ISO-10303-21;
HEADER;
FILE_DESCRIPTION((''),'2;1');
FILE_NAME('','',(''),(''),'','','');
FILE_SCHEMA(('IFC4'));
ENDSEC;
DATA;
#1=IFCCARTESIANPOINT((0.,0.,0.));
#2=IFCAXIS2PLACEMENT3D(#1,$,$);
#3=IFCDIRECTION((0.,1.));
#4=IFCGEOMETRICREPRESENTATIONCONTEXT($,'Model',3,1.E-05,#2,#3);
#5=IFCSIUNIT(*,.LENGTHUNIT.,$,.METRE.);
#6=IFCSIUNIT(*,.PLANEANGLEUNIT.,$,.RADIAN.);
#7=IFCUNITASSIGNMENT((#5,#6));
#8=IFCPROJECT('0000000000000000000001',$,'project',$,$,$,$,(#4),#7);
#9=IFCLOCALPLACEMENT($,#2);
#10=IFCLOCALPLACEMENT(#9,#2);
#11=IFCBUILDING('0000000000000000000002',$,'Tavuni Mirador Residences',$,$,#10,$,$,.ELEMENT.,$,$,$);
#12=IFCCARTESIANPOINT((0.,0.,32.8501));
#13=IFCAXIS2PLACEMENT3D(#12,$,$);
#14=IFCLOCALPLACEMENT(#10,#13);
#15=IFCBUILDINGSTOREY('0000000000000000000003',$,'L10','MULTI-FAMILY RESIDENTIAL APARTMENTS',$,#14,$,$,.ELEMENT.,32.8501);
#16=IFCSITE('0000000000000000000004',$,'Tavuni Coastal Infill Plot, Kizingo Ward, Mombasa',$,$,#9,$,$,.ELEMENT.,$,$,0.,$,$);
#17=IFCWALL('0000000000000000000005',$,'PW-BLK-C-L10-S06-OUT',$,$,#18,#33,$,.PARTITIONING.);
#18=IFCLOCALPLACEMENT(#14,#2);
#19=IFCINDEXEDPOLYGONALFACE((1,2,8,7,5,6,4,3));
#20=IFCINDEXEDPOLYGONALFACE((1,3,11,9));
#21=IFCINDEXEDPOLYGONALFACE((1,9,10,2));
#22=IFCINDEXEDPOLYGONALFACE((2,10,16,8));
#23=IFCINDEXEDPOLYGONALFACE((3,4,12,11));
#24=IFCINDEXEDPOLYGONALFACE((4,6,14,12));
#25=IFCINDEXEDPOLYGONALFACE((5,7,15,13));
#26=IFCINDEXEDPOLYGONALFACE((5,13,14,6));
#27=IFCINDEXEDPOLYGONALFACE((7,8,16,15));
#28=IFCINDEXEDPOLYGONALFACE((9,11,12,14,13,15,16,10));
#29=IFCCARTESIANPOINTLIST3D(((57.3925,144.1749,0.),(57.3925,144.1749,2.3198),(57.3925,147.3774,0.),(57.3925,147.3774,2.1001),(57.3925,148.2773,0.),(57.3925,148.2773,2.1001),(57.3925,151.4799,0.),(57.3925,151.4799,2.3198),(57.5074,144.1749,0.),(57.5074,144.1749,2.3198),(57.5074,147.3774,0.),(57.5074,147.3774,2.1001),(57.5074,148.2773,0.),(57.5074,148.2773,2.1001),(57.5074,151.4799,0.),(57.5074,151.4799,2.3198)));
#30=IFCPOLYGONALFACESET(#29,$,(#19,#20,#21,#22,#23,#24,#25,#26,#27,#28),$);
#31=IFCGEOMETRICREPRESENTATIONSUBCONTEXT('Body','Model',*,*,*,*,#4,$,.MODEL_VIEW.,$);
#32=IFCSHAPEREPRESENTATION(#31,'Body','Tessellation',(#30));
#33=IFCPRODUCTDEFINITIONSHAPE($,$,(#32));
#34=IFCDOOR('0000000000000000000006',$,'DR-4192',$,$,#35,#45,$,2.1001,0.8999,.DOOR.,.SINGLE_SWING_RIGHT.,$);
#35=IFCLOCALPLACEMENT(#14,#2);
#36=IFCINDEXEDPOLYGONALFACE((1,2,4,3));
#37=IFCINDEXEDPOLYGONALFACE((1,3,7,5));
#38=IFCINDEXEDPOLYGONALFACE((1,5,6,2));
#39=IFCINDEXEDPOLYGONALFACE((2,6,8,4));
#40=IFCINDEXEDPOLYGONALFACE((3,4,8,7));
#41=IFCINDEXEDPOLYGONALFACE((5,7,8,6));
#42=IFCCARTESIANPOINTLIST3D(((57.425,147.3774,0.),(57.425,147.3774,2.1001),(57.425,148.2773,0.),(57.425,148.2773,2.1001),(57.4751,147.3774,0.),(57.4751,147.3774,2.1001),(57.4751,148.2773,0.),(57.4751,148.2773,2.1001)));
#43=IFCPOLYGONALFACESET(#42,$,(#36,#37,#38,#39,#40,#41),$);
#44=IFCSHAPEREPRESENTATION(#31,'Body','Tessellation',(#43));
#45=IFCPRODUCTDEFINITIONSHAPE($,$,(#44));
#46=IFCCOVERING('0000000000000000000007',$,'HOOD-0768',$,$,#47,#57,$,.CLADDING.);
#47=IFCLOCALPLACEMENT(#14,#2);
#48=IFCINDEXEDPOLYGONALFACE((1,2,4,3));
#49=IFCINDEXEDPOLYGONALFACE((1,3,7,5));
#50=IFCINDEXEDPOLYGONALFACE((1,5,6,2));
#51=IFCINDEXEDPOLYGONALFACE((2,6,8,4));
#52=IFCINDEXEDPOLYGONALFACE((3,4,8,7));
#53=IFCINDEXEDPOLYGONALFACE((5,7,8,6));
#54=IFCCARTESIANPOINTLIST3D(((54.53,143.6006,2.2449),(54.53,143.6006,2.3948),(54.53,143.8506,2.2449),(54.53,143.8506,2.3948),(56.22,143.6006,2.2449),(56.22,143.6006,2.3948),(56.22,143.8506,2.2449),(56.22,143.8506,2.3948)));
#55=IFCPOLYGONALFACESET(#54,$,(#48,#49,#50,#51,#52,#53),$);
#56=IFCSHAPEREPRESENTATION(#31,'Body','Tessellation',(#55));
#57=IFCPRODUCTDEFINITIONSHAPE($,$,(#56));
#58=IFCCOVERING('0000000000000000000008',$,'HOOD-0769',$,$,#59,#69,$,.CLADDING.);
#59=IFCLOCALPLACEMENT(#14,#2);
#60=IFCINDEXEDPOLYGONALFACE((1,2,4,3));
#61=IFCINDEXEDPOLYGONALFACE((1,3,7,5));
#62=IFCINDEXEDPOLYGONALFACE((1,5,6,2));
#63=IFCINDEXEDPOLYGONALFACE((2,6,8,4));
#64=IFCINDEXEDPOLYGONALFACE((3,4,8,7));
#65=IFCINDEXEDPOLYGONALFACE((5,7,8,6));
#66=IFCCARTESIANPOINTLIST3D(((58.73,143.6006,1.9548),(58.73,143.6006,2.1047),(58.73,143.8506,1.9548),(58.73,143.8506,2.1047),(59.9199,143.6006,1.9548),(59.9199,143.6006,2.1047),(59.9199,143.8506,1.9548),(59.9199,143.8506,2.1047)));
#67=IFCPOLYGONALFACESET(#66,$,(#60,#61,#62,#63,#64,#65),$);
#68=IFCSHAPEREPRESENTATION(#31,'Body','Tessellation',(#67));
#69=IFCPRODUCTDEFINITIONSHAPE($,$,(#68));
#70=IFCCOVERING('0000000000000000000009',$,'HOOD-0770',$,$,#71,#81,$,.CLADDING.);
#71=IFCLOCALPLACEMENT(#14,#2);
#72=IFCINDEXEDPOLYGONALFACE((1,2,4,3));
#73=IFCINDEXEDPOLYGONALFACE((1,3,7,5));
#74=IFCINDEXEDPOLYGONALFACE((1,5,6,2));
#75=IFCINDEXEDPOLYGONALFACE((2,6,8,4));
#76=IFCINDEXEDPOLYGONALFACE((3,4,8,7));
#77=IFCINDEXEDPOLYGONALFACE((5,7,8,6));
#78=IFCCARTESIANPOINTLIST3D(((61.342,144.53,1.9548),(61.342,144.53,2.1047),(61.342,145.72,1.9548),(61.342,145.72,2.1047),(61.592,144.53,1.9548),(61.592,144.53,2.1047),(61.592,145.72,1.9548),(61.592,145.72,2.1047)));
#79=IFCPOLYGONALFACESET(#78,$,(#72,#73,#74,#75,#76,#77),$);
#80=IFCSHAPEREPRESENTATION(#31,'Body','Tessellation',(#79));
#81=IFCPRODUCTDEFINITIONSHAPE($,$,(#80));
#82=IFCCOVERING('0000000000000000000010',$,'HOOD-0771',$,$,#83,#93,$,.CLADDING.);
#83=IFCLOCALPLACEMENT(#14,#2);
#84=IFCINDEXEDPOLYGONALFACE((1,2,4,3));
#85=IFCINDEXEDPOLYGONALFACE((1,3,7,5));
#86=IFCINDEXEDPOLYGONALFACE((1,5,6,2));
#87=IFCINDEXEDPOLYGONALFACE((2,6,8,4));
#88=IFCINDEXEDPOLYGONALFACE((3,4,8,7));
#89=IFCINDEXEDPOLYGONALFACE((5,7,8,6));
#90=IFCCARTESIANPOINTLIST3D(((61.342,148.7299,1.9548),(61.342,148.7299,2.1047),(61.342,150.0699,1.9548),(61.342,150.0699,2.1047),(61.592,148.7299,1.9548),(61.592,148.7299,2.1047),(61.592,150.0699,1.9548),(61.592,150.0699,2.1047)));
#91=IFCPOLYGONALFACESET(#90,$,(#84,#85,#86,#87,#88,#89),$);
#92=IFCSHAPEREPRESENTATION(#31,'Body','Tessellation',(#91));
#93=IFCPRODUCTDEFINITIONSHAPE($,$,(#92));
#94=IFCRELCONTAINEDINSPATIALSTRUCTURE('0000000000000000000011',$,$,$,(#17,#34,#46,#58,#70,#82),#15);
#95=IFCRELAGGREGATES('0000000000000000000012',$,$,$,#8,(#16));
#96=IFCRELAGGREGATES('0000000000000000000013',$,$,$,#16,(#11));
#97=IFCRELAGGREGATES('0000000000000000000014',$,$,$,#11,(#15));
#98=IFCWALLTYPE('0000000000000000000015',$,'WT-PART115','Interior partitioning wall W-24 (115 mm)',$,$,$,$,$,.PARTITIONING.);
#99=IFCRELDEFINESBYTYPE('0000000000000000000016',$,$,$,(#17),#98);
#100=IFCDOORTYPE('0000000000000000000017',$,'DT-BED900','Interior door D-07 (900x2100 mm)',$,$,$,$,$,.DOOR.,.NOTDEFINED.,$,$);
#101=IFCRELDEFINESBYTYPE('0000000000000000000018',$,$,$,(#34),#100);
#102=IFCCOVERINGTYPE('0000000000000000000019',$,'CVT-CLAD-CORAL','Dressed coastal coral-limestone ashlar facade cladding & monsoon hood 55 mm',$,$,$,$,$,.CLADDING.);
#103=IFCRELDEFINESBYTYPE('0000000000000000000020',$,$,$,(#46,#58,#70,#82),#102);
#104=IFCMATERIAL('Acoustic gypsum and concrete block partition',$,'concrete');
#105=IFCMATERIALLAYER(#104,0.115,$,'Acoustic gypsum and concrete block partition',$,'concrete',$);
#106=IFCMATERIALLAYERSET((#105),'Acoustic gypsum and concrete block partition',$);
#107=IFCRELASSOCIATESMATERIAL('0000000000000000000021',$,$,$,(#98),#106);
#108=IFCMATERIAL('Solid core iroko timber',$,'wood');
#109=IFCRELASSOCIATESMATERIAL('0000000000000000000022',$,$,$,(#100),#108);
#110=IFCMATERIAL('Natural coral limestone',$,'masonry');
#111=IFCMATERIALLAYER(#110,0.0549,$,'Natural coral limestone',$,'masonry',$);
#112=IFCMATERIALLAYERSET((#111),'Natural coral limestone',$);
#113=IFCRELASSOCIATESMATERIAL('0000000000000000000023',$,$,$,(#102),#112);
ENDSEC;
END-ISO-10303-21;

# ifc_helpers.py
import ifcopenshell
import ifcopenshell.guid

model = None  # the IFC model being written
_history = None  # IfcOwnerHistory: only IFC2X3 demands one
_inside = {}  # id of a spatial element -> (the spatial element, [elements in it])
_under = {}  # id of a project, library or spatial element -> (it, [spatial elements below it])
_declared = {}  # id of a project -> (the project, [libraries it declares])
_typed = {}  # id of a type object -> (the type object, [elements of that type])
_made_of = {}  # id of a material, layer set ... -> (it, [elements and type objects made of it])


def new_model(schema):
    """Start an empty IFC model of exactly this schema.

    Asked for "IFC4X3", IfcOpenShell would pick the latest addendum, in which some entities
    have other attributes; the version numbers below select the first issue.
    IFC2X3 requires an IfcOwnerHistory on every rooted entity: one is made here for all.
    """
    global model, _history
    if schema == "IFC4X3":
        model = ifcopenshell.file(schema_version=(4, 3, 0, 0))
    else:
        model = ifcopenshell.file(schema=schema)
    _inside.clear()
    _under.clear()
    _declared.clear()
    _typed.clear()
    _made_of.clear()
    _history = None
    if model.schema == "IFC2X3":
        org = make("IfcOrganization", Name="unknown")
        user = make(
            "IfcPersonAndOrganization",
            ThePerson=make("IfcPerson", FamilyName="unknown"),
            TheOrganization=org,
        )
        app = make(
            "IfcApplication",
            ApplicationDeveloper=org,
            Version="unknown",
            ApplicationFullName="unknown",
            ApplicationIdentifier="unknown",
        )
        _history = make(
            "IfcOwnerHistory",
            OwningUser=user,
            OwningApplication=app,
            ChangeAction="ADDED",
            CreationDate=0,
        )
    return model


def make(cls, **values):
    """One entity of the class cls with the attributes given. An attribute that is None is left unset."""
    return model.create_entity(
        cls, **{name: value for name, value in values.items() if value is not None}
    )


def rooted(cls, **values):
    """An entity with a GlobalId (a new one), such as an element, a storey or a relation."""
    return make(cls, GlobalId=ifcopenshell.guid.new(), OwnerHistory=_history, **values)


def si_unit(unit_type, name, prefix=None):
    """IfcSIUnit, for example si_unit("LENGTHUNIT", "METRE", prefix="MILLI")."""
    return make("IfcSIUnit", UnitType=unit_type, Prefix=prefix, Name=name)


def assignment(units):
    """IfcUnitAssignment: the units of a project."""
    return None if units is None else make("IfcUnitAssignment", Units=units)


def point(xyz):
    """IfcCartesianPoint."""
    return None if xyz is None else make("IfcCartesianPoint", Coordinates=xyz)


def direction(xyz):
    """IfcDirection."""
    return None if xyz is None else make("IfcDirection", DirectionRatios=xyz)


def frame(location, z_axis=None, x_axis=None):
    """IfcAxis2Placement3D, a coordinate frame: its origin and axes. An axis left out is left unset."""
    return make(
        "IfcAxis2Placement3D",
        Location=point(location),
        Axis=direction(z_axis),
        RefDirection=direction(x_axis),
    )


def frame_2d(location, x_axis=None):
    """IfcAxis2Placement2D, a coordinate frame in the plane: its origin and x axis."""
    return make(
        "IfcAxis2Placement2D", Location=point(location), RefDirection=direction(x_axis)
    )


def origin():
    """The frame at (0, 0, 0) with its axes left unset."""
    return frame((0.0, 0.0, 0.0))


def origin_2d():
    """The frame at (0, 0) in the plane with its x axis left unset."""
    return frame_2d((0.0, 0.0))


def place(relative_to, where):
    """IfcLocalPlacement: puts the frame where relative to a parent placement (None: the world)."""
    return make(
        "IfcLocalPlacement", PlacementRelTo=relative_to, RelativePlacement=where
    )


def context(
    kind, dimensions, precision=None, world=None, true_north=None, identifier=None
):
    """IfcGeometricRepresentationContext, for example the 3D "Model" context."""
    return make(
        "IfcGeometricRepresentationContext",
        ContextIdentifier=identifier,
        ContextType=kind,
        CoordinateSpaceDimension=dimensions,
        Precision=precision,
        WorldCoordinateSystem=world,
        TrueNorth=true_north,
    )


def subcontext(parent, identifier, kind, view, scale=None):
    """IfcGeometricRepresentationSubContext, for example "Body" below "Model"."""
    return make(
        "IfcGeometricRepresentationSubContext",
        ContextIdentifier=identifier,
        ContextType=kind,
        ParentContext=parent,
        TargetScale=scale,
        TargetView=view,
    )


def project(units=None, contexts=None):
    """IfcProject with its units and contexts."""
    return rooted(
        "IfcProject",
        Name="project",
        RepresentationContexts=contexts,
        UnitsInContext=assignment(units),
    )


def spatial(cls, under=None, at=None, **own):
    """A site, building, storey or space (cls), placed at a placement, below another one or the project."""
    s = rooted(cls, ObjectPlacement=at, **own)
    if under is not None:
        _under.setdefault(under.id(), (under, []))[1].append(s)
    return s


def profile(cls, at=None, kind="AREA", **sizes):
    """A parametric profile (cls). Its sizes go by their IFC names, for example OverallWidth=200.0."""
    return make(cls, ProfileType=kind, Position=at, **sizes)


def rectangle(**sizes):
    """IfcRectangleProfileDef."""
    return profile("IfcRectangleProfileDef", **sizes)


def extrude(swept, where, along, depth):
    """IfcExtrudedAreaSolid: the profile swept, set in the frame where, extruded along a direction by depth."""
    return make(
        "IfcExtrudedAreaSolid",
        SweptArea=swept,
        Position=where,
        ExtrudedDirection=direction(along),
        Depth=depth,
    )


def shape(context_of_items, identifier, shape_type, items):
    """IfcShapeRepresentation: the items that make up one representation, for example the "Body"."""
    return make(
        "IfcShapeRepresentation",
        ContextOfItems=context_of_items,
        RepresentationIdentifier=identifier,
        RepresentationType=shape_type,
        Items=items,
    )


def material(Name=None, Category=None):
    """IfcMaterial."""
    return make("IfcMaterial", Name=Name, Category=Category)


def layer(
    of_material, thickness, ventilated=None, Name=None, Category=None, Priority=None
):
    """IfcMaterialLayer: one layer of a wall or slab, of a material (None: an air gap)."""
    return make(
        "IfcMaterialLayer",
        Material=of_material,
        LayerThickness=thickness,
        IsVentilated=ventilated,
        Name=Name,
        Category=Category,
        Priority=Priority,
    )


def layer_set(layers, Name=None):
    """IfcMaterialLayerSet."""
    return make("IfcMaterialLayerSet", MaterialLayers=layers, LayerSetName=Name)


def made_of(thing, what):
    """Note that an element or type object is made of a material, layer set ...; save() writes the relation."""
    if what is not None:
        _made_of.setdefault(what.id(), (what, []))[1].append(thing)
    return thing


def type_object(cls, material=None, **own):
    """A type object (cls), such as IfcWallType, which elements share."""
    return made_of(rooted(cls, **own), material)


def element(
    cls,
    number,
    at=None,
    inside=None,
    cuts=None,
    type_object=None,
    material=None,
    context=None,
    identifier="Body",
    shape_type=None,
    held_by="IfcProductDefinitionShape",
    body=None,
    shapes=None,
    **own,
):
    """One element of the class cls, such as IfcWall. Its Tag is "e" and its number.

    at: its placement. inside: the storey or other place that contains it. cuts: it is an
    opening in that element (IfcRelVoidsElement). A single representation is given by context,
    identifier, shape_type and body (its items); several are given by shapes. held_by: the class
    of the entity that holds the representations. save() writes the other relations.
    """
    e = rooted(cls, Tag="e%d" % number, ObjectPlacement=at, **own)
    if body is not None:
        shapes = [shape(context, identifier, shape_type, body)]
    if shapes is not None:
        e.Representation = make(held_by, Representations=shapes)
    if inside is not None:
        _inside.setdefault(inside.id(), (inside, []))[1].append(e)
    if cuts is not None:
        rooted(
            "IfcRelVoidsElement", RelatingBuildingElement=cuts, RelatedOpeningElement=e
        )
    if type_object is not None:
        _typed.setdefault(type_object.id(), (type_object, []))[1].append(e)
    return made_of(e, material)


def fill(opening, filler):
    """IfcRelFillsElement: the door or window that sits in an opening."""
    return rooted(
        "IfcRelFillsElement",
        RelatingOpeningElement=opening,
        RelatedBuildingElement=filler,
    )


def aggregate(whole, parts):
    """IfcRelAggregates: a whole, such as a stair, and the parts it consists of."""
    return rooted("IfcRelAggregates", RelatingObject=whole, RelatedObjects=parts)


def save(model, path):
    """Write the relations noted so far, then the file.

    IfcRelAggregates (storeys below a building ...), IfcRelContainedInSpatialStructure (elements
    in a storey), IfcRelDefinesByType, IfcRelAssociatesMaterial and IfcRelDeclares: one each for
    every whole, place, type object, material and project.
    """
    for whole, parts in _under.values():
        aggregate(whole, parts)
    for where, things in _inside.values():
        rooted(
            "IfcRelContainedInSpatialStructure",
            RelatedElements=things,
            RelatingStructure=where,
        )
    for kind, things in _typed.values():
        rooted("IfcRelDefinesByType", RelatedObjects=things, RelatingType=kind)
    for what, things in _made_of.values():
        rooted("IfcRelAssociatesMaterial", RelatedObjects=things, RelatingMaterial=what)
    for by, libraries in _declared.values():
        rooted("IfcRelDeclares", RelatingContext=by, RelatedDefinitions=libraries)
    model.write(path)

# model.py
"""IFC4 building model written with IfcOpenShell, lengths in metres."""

from ifc_helpers import new_model, si_unit, direction, frame, frame_2d, origin, origin_2d, place, context, subcontext, project, spatial, rectangle, extrude, material, layer, layer_set, type_object, element, fill, save


model = new_model("IFC4")

# Units and contexts
model_context = context("Model", 3, precision=1e-05, world=origin(), true_north=direction((0.0, 1.0)))
body_context = subcontext(model_context, "Body", "Model", "MODEL_VIEW")
ifc_project = project(units=[si_unit("LENGTHUNIT", "METRE"), si_unit("PLANEANGLEUNIT", "RADIAN")], contexts=[model_context])

# Site, building, storey
site_placement = place(None, origin())
site = spatial("IfcSite", under=ifc_project, at=site_placement, Name="Tavuni Coastal Infill Plot, Kizingo Ward, Mombasa", CompositionType="ELEMENT", RefElevation=0.0)
building_placement = place(site_placement, origin())
building = spatial("IfcBuilding", under=site, at=building_placement, Name="Tavuni Mirador Residences", CompositionType="ELEMENT")
storey_placement = place(building_placement, frame((0.0, 0.0, 32.8501)))
storey = spatial("IfcBuildingStorey", under=building, at=storey_placement, Name="L10", Description="MULTI-FAMILY RESIDENTIAL APARTMENTS", CompositionType="ELEMENT", Elevation=32.8501)

# Wall, opening, door
ifc_material_1 = material(Name="Acoustic gypsum and concrete block partition", Category="concrete")
ifc_layer_1 = layer(ifc_material_1, 0.115, Name="Acoustic gypsum and concrete block partition", Category="concrete")
ifc_layer_set_1 = layer_set([ifc_layer_1], Name="Acoustic gypsum and concrete block partition")
wall_type_1 = type_object("IfcWallType", Name="WT-PART115", Description="Interior partitioning wall W-24 (115 mm)", PredefinedType="PARTITIONING", material=ifc_layer_set_1)
wall_1_placement = place(storey_placement, frame((57.45, 144.175, 0.0), z_axis=(0.0, 0.0, 1.0), x_axis=(0.0, 1.0, 0.0)))
wall_1 = element("IfcWall", 1, at=wall_1_placement, inside=storey, type_object=wall_type_1, Name="PW-BLK-C-L10-S06-OUT", PredefinedType="PARTITIONING", context=body_context, shape_type="SweptSolid", body=[
    extrude(rectangle(XDim=7.3049, YDim=0.115, at=frame_2d((3.6523, 0.0))), origin(), (0.0, 0.0, 1.0), 2.3198),
])
opening_1_placement = place(wall_1_placement, frame((3.2024, 0.0, 0.0)))
opening_1 = element("IfcOpeningElement", 2, at=opening_1_placement, cuts=wall_1, PredefinedType="OPENING", context=body_context, shape_type="SweptSolid", body=[
    extrude(rectangle(XDim=0.8999, YDim=2.1001, at=frame_2d((0.45, 1.05))), frame((0.0, 0.0674, 0.0), z_axis=(0.0, -1.0, 0.0), x_axis=(1.0, 0.0, 0.0)), (0.0, 0.0, 1.0), 0.135),
])
ifc_material_2 = material(Name="Solid core iroko timber", Category="wood")
door_type = type_object("IfcDoorType", Name="DT-BED900", Description="Interior door D-07 (900x2100 mm)", OperationType="NOTDEFINED", PredefinedType="DOOR", material=ifc_material_2)
door_placement = place(opening_1_placement, origin())
door = element("IfcDoor", 3, at=door_placement, inside=storey, type_object=door_type, Name="DR-4192", OperationType="SINGLE_SWING_RIGHT", OverallHeight=2.1001, OverallWidth=0.8999, PredefinedType="DOOR", context=body_context, shape_type="SweptSolid", body=[
    extrude(rectangle(XDim=0.8999, YDim=2.1001, at=frame_2d((0.45, 1.05))), frame((0.0, 0.0249, 0.0), z_axis=(0.0, -1.0, 0.0), x_axis=(1.0, 0.0, 0.0)), (0.0, 0.0, 1.0), 0.05),
])
fill(opening_1, door)

# Coverings
ifc_material_3 = material(Name="Natural coral limestone", Category="masonry")
ifc_layer_2 = layer(ifc_material_3, 0.0549, Name="Natural coral limestone", Category="masonry")
ifc_layer_set_2 = layer_set([ifc_layer_2], Name="Natural coral limestone")
covering_type = type_object("IfcCoveringType", Name="CVT-CLAD-CORAL", Description="Dressed coastal coral-limestone ashlar facade cladding & monsoon hood 55 mm", PredefinedType="CLADDING", material=ifc_layer_set_2)
covering_1_placement = place(storey_placement, frame((55.375, 143.7256, 2.2449), z_axis=(0.0, 0.0, 1.0), x_axis=(1.0, 0.0, 0.0)))
element("IfcCovering", 4, at=covering_1_placement, inside=storey, type_object=covering_type, Name="HOOD-0768", PredefinedType="CLADDING", context=body_context, shape_type="SweptSolid", body=[
    extrude(rectangle(XDim=1.6899, YDim=0.25, at=origin_2d()), origin(), (0.0, 0.0, 1.0), 0.1499),
])
for number, where, z_axis, x_axis, name in (
    (5, (59.325, 143.7256, 1.9548), (0.0, 0.0, 1.0), (1.0, 0.0, 0.0), "HOOD-0769"),
    (6, (61.467, 145.125, 1.9548), (0.0, 0.0, 1.0), (0.0, 1.0, 0.0), "HOOD-0770"),
):
    element("IfcCovering", number, at=place(storey_placement, frame(where, z_axis=z_axis, x_axis=x_axis)), inside=storey, type_object=covering_type, Name=name, PredefinedType="CLADDING", context=body_context, shape_type="SweptSolid", body=[
        extrude(rectangle(XDim=1.1899, YDim=0.25, at=origin_2d()), origin(), (0.0, 0.0, 1.0), 0.1499),
    ])
covering_2_placement = place(storey_placement, frame((61.467, 149.3999, 1.9548), z_axis=(0.0, 0.0, 1.0), x_axis=(0.0, 1.0, 0.0)))
element("IfcCovering", 7, at=covering_2_placement, inside=storey, type_object=covering_type, Name="HOOD-0771", PredefinedType="CLADDING", context=body_context, shape_type="SweptSolid", body=[
    extrude(rectangle(XDim=1.3401, YDim=0.25, at=origin_2d()), origin(), (0.0, 0.0, 1.0), 0.1499),
])

save(model, "model.ifc")
